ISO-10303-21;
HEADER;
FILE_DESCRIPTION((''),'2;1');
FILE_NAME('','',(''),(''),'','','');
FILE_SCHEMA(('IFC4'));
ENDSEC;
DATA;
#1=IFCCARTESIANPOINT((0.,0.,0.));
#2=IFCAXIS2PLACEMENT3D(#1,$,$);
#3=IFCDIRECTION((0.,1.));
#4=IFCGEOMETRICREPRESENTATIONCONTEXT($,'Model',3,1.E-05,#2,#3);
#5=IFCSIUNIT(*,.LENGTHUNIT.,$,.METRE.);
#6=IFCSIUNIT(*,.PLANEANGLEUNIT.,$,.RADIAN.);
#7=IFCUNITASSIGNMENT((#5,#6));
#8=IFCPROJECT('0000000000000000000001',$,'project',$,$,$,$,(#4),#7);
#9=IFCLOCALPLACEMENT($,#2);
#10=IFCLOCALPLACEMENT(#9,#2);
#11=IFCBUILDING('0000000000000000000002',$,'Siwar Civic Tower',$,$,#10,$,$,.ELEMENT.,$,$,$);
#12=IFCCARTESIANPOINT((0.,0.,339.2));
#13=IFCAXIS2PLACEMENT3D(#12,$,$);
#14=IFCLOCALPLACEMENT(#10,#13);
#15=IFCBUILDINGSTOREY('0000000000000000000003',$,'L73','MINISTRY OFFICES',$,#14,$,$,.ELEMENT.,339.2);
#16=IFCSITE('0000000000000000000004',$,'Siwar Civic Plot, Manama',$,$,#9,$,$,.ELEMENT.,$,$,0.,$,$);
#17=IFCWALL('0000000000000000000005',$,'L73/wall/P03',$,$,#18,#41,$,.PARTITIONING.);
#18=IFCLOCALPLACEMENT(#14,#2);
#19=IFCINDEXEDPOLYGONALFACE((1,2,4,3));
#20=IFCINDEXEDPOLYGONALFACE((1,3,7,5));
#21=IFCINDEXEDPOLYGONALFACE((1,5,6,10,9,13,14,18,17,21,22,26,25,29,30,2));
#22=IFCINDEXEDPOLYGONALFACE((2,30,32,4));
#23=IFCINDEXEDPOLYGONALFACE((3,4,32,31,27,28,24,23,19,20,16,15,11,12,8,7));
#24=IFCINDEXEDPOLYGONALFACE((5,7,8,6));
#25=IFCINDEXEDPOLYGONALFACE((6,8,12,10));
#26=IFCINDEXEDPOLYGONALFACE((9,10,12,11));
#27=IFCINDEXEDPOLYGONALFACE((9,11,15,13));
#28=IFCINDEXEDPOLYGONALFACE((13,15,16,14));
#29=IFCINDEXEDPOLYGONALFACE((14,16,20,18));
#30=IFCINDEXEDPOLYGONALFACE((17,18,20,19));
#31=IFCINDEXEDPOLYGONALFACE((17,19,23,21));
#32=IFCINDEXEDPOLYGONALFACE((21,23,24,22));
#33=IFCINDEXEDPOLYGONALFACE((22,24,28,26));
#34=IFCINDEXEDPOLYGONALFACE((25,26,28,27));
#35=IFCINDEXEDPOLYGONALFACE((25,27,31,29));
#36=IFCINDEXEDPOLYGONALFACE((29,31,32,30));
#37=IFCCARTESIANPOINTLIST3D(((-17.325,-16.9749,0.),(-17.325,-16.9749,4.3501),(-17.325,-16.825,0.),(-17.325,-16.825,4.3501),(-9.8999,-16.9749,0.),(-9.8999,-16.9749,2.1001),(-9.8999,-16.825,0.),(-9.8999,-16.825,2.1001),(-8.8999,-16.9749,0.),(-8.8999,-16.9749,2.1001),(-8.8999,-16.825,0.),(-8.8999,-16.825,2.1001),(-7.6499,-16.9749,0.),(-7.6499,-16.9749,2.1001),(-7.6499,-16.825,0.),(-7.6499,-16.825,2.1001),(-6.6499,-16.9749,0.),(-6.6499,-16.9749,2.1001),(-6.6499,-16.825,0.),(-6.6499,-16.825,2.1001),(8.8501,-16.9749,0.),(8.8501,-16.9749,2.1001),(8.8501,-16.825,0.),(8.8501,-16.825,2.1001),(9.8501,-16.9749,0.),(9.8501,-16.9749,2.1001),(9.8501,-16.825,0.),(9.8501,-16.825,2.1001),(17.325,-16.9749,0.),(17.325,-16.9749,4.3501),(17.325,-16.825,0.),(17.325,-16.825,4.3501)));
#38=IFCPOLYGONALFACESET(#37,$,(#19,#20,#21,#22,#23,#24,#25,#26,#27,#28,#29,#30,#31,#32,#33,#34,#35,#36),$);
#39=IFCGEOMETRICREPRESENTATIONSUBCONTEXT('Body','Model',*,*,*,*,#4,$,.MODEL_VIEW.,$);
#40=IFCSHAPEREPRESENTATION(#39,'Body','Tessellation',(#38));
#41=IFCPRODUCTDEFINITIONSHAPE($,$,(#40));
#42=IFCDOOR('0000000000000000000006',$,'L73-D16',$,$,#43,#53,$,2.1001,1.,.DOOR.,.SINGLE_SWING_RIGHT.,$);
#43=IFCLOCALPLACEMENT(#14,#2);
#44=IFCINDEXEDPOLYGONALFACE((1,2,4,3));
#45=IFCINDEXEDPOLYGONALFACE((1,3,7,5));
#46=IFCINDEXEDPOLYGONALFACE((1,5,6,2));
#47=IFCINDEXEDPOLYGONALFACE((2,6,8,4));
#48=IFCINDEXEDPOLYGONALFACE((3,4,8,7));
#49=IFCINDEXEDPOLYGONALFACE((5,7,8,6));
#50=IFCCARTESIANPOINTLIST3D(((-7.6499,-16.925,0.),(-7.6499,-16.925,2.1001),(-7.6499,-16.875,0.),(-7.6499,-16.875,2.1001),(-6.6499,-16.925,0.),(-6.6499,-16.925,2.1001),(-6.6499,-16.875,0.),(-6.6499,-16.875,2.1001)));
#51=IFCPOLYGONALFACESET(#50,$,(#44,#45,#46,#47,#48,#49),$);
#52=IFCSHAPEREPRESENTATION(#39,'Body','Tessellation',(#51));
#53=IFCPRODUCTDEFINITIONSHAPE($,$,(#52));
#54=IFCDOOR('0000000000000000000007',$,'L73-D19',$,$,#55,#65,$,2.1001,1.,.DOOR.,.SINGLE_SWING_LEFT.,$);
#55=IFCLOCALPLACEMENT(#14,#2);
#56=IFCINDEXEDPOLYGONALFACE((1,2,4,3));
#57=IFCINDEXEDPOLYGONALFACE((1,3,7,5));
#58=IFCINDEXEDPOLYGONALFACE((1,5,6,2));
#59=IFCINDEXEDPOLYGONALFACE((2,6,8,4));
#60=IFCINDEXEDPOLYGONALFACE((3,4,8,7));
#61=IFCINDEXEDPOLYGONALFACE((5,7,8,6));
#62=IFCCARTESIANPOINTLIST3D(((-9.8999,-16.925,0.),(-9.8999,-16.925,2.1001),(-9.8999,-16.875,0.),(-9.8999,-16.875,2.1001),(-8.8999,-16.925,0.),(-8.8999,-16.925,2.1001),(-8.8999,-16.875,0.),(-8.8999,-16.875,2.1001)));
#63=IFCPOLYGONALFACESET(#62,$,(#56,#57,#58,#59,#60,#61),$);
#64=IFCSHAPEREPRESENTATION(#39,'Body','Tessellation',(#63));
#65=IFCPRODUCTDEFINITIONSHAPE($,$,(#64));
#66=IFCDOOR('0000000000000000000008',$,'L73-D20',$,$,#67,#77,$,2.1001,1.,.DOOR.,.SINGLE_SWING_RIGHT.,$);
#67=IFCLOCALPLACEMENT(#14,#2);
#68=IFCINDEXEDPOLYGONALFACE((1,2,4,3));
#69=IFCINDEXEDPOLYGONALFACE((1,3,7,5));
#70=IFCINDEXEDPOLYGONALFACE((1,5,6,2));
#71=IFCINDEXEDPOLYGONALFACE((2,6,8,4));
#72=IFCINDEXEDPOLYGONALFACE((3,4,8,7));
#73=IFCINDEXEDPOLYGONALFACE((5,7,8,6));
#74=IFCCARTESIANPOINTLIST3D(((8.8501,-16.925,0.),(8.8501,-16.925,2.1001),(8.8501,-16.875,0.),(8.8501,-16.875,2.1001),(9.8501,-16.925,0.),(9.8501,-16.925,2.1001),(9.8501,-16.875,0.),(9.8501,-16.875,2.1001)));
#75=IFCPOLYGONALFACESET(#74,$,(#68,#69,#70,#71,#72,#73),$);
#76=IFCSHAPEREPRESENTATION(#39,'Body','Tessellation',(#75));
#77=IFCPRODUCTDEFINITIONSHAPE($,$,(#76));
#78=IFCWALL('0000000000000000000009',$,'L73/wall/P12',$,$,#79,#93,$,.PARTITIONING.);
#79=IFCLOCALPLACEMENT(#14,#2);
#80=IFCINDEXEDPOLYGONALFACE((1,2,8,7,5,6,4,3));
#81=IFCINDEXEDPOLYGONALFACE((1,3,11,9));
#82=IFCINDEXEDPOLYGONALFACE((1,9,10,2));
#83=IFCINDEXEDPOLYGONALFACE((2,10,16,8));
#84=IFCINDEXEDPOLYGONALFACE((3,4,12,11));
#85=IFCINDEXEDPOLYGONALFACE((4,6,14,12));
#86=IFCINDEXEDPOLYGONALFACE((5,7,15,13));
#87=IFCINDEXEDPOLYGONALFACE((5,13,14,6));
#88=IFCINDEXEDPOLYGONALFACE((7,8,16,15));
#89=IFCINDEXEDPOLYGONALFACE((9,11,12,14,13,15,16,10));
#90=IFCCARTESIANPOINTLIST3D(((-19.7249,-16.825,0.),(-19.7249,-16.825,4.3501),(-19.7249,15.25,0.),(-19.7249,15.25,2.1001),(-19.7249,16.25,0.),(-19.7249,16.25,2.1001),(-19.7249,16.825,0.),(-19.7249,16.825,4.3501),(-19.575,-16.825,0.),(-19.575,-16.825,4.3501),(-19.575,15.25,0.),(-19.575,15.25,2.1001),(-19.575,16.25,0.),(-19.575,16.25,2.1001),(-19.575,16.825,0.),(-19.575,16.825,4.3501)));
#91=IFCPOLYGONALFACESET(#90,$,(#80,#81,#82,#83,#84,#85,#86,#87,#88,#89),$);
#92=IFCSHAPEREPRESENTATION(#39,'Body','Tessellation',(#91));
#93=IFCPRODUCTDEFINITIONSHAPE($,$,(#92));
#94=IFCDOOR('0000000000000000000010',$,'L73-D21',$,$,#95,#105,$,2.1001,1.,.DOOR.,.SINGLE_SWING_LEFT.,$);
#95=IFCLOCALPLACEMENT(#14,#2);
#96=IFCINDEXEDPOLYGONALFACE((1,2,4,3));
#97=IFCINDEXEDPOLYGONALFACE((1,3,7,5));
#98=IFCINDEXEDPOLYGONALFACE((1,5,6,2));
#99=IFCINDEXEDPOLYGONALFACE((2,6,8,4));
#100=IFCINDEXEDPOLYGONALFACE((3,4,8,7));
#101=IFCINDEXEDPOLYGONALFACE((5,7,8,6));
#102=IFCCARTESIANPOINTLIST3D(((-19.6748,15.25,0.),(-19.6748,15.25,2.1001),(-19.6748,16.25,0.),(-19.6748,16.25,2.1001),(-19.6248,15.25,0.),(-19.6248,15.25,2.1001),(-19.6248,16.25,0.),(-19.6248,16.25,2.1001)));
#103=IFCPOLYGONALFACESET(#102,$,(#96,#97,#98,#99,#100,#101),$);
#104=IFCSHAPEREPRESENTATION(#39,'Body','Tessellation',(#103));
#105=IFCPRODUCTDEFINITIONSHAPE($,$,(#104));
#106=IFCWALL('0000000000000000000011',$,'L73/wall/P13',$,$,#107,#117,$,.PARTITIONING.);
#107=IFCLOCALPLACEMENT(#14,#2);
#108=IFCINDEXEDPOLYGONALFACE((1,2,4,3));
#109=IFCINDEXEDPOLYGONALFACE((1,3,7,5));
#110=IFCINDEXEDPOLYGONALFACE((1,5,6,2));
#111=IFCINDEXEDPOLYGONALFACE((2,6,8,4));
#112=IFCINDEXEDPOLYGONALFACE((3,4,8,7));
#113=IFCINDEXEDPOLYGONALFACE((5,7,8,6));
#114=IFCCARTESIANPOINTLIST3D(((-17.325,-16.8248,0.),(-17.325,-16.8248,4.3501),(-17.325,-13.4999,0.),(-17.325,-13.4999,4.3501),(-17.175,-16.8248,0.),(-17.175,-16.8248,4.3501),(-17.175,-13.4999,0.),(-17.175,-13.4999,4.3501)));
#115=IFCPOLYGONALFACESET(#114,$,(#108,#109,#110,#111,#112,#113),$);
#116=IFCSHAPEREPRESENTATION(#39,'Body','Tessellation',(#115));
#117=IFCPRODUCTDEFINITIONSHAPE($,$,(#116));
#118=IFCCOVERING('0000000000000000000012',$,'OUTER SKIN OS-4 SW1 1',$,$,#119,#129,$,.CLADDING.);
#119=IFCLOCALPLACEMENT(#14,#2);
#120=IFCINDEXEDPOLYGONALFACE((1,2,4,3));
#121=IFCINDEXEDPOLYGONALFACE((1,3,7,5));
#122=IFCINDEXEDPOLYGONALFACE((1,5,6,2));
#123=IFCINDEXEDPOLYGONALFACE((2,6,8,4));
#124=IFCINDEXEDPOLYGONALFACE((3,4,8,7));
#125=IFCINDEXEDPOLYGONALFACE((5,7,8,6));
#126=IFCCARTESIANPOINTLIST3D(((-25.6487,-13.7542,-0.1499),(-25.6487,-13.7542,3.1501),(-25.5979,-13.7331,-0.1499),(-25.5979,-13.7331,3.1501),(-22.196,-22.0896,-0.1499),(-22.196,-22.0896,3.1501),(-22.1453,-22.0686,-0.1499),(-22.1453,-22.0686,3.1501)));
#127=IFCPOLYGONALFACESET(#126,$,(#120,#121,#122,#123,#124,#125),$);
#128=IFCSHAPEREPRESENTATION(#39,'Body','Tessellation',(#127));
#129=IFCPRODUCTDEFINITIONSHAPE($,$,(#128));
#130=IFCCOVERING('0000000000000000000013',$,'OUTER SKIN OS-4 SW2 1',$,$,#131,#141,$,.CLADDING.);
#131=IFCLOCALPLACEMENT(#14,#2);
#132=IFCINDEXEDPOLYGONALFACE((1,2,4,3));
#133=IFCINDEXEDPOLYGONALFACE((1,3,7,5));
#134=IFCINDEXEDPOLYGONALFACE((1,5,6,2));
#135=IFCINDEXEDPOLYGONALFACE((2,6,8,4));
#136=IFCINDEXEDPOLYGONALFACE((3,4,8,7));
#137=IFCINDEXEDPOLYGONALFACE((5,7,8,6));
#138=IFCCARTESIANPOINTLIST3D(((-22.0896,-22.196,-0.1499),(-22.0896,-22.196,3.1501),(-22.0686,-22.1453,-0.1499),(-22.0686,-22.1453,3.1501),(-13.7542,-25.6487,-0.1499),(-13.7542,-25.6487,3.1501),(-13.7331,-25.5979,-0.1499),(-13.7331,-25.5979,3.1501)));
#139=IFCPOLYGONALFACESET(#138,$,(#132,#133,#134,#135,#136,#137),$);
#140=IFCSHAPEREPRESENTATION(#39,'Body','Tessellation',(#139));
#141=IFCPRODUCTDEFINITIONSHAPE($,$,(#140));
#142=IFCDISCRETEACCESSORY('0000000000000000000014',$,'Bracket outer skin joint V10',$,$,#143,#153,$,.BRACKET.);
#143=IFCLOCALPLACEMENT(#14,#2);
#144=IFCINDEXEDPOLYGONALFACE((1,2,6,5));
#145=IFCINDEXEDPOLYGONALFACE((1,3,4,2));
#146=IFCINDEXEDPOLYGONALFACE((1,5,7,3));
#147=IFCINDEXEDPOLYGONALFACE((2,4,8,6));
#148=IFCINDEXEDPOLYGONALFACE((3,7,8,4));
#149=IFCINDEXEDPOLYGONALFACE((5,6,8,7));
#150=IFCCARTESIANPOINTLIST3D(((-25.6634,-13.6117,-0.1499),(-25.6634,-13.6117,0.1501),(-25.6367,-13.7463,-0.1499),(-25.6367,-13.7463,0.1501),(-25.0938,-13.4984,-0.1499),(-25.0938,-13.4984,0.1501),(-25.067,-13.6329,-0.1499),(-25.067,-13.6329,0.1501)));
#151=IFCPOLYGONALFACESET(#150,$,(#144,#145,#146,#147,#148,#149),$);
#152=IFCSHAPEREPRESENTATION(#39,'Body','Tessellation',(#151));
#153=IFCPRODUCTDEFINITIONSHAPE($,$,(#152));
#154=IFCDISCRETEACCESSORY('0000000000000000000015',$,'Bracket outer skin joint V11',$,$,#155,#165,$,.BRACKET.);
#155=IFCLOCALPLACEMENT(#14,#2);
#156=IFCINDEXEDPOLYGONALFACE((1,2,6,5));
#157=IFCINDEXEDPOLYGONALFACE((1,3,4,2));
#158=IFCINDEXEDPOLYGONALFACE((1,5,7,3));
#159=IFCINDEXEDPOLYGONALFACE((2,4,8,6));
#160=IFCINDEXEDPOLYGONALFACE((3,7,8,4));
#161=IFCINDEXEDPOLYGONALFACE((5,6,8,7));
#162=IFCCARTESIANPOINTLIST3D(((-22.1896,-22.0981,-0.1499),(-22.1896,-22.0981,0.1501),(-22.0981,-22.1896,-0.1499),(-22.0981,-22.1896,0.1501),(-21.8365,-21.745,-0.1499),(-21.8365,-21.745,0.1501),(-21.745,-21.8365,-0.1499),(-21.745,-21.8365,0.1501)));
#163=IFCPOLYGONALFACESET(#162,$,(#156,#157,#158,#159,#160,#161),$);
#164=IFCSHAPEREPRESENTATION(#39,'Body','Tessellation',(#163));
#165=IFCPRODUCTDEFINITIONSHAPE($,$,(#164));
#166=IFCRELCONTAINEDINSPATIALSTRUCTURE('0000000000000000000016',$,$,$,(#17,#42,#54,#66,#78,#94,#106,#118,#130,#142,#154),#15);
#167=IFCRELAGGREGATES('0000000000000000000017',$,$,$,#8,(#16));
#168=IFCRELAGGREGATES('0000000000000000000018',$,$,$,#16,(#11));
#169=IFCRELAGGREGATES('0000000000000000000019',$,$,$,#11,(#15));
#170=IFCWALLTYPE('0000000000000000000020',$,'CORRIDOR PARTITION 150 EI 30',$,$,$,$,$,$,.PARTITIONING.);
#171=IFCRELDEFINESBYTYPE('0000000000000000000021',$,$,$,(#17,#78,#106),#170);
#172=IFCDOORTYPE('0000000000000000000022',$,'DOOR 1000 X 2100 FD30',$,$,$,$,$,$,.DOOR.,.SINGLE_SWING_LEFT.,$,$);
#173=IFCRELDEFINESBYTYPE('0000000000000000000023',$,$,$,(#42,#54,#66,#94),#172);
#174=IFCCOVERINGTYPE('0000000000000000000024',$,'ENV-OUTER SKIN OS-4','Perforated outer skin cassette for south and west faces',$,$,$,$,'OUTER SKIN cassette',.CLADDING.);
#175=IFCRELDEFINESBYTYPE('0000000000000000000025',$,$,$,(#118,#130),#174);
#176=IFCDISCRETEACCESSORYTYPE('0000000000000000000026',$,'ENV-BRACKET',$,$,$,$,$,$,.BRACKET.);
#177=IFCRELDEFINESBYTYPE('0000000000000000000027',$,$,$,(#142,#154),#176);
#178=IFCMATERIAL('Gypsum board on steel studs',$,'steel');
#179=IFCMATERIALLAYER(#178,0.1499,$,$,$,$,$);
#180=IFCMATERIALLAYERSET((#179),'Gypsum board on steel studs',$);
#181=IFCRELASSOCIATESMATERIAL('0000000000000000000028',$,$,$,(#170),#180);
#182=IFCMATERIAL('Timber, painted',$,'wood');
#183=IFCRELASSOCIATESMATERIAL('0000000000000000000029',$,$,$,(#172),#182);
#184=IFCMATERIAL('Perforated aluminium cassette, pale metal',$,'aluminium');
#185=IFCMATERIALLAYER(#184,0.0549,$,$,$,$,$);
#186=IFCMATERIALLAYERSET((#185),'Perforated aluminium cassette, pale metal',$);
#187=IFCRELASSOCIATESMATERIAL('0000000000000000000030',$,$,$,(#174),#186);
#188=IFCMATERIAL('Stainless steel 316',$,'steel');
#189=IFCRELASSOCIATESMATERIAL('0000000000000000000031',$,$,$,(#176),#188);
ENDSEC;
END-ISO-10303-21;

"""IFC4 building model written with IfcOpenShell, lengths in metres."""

from ifc_helpers import new_model, si_unit, direction, frame, frame_2d, origin, origin_2d, place, context, subcontext, project, spatial, rectangle, extrude, material, layer, layer_set, type_object, element, fill, save


model = new_model("IFC4")

# Units and contexts
model_context = context("Model", 3, precision=1e-05, world=origin(), true_north=direction((0.0, 1.0)))
body_context = subcontext(model_context, "Body", "Model", "MODEL_VIEW")
ifc_project = project(units=[si_unit("LENGTHUNIT", "METRE"), si_unit("PLANEANGLEUNIT", "RADIAN")], contexts=[model_context])

# Site, building, storey
site_placement = place(None, origin())
site = spatial("IfcSite", under=ifc_project, at=site_placement, Name="Siwar Civic Plot, Manama", CompositionType="ELEMENT", RefElevation=0.0)
building_placement = place(site_placement, origin())
building = spatial("IfcBuilding", under=site, at=building_placement, Name="Siwar Civic Tower", CompositionType="ELEMENT")
storey_placement = place(building_placement, frame((0.0, 0.0, 339.2)))
storey = spatial("IfcBuildingStorey", under=building, at=storey_placement, Name="L73", Description="MINISTRY OFFICES", CompositionType="ELEMENT", Elevation=339.2)

# Shared definitions
ifc_material_1 = material(Name="Gypsum board on steel studs", Category="steel")
ifc_layer_1 = layer(ifc_material_1, 0.1499)
ifc_layer_set_1 = layer_set([ifc_layer_1], Name="Gypsum board on steel studs")
wall_type = type_object("IfcWallType", Name="CORRIDOR PARTITION 150 EI 30", PredefinedType="PARTITIONING", material=ifc_layer_set_1)
ifc_material_2 = material(Name="Timber, painted", Category="wood")
door_type = type_object("IfcDoorType", Name="DOOR 1000 X 2100 FD30", OperationType="SINGLE_SWING_LEFT", PredefinedType="DOOR", material=ifc_material_2)

# Wall, openings, doors
wall_1_placement = place(storey_placement, frame((-17.325, -16.8999, 0.0), z_axis=(0.0, 0.0, 1.0), x_axis=(1.0, 0.0, 0.0)))
wall_1 = element("IfcWall", 1, at=wall_1_placement, inside=storey, type_object=wall_type, Name="L73/wall/P03", PredefinedType="PARTITIONING", context=body_context, shape_type="SweptSolid", body=[
    extrude(rectangle(XDim=34.6499, YDim=0.1499, at=frame_2d((17.325, 0.0))), origin(), (0.0, 0.0, 1.0), 4.3501),
])
opening_1_placement = place(wall_1_placement, frame((9.675, 0.0, 0.0)))
opening_1 = element("IfcOpeningElement", 2, at=opening_1_placement, cuts=wall_1, PredefinedType="OPENING", context=body_context, shape_type="SweptSolid", body=[
    extrude(rectangle(XDim=1.0, YDim=2.1001, at=frame_2d((0.5, 1.05))), frame((0.0, 0.085, 0.0), z_axis=(0.0, -1.0, 0.0), x_axis=(1.0, 0.0, 0.0)), (0.0, 0.0, 1.0), 0.1699),
])
opening_2_placement = place(wall_1_placement, frame((7.425, 0.0, 0.0)))
opening_2 = element("IfcOpeningElement", 3, at=opening_2_placement, cuts=wall_1, PredefinedType="OPENING", context=body_context, shape_type="SweptSolid", body=[
    extrude(rectangle(XDim=1.0, YDim=2.1001, at=frame_2d((0.5, 1.05))), frame((0.0, 0.085, 0.0), z_axis=(0.0, -1.0, 0.0), x_axis=(1.0, 0.0, 0.0)), (0.0, 0.0, 1.0), 0.1699),
])
opening_3_placement = place(wall_1_placement, frame((26.175, 0.0, 0.0)))
opening_3 = element("IfcOpeningElement", 4, at=opening_3_placement, cuts=wall_1, PredefinedType="OPENING", context=body_context, shape_type="SweptSolid", body=[
    extrude(rectangle(XDim=1.0, YDim=2.1001, at=frame_2d((0.5, 1.05))), frame((0.0, 0.085, 0.0), z_axis=(0.0, -1.0, 0.0), x_axis=(1.0, 0.0, 0.0)), (0.0, 0.0, 1.0), 0.1699),
])
door_1_placement = place(opening_1_placement, origin())
door_1 = element("IfcDoor", 5, at=door_1_placement, inside=storey, type_object=door_type, Name="L73-D16", OperationType="SINGLE_SWING_RIGHT", OverallHeight=2.1001, OverallWidth=1.0, PredefinedType="DOOR", context=body_context, shape_type="SweptSolid", body=[
    extrude(rectangle(XDim=1.0, YDim=2.1001, at=frame_2d((0.5, 1.05))), frame((0.0, 0.0249, 0.0), z_axis=(0.0, -1.0, 0.0), x_axis=(1.0, 0.0, 0.0)), (0.0, 0.0, 1.0), 0.05),
])
fill(opening_1, door_1)
door_2_placement = place(opening_2_placement, origin())
door_2 = element("IfcDoor", 6, at=door_2_placement, inside=storey, type_object=door_type, Name="L73-D19", OperationType="SINGLE_SWING_LEFT", OverallHeight=2.1001, OverallWidth=1.0, PredefinedType="DOOR", context=body_context, shape_type="SweptSolid", body=[
    extrude(rectangle(XDim=1.0, YDim=2.1001, at=frame_2d((0.5, 1.05))), frame((0.0, 0.0249, 0.0), z_axis=(0.0, -1.0, 0.0), x_axis=(1.0, 0.0, 0.0)), (0.0, 0.0, 1.0), 0.05),
])
fill(opening_2, door_2)
door_3_placement = place(opening_3_placement, origin())
door_3 = element("IfcDoor", 7, at=door_3_placement, inside=storey, type_object=door_type, Name="L73-D20", OperationType="SINGLE_SWING_RIGHT", OverallHeight=2.1001, OverallWidth=1.0, PredefinedType="DOOR", context=body_context, shape_type="SweptSolid", body=[
    extrude(rectangle(XDim=1.0, YDim=2.1001, at=frame_2d((0.5, 1.05))), frame((0.0, 0.0249, 0.0), z_axis=(0.0, -1.0, 0.0), x_axis=(1.0, 0.0, 0.0)), (0.0, 0.0, 1.0), 0.05),
])
fill(opening_3, door_3)

# Wall, opening, door
wall_2_placement = place(storey_placement, frame((-19.6499, -16.825, 0.0), z_axis=(0.0, 0.0, 1.0), x_axis=(0.0, 1.0, 0.0)))
wall_2 = element("IfcWall", 8, at=wall_2_placement, inside=storey, type_object=wall_type, Name="L73/wall/P12", PredefinedType="PARTITIONING", context=body_context, shape_type="SweptSolid", body=[
    extrude(rectangle(XDim=33.6499, YDim=0.1499, at=frame_2d((16.825, 0.0))), origin(), (0.0, 0.0, 1.0), 4.3501),
])
opening_4_placement = place(wall_2_placement, frame((32.075, 0.0, 0.0)))
opening_4 = element("IfcOpeningElement", 9, at=opening_4_placement, cuts=wall_2, PredefinedType="OPENING", context=body_context, shape_type="SweptSolid", body=[
    extrude(rectangle(XDim=1.0, YDim=2.1001, at=frame_2d((0.5, 1.05))), frame((0.0, 0.085, 0.0), z_axis=(0.0, -1.0, 0.0), x_axis=(1.0, 0.0, 0.0)), (0.0, 0.0, 1.0), 0.1699),
])
door_4_placement = place(opening_4_placement, origin())
door_4 = element("IfcDoor", 10, at=door_4_placement, inside=storey, type_object=door_type, Name="L73-D21", OperationType="SINGLE_SWING_LEFT", OverallHeight=2.1001, OverallWidth=1.0, PredefinedType="DOOR", context=body_context, shape_type="SweptSolid", body=[
    extrude(rectangle(XDim=1.0, YDim=2.1001, at=frame_2d((0.5, 1.05))), frame((0.0, 0.0249, 0.0), z_axis=(0.0, -1.0, 0.0), x_axis=(1.0, 0.0, 0.0)), (0.0, 0.0, 1.0), 0.05),
])
fill(opening_4, door_4)

# Wall
wall_3_placement = place(storey_placement, frame((-17.25, -16.825, 0.0), z_axis=(0.0, 0.0, 1.0), x_axis=(0.0, 1.0, 0.0)))
element("IfcWall", 11, at=wall_3_placement, inside=storey, type_object=wall_type, Name="L73/wall/P13", PredefinedType="PARTITIONING", context=body_context, shape_type="SweptSolid", body=[
    extrude(rectangle(XDim=3.325, YDim=0.1499, at=frame_2d((1.6626, 0.0))), origin(), (0.0, 0.0, 1.0), 4.3501),
])

# Coverings
ifc_material_3 = material(Name="Perforated aluminium cassette, pale metal", Category="aluminium")
ifc_layer_2 = layer(ifc_material_3, 0.0549)
ifc_layer_set_2 = layer_set([ifc_layer_2], Name="Perforated aluminium cassette, pale metal")
covering_type = type_object("IfcCoveringType", Name="ENV-OUTER SKIN OS-4", Description="Perforated outer skin cassette for south and west faces", ElementType="OUTER SKIN cassette", PredefinedType="CLADDING", material=ifc_layer_set_2)
for number, where, z_axis, x_axis, name in (
    (12, (-23.897, -17.9114, -0.1499), (0.0, 0.0, 1.0), (0.382683, -0.92388, 0.0), "OUTER SKIN OS-4 SW1 1"),
    (13, (-17.9114, -23.897, -0.1499), (0.0, 0.0, 1.0), (0.92388, -0.382683, 0.0), "OUTER SKIN OS-4 SW2 1"),
):
    element("IfcCovering", number, at=place(storey_placement, frame(where, z_axis=z_axis, x_axis=x_axis)), inside=storey, type_object=covering_type, Name=name, PredefinedType="CLADDING", context=body_context, shape_type="SweptSolid", body=[
        extrude(rectangle(XDim=9.0222, YDim=0.0549, at=origin_2d()), origin(), (0.0, 0.0, 1.0), 3.3),
    ])

# Discrete accessories
ifc_material_4 = material(Name="Stainless steel 316", Category="steel")
discrete_accessory_type = type_object("IfcDiscreteAccessoryType", Name="ENV-BRACKET", PredefinedType="BRACKET", material=ifc_material_4)
discrete_accessory_1_placement = place(storey_placement, frame((-25.3652, -13.6223, -0.1499), z_axis=(0.0, 0.0, 1.0), x_axis=(-0.980785, -0.19509, 0.0)))
element("IfcDiscreteAccessory", 14, at=discrete_accessory_1_placement, inside=storey, type_object=discrete_accessory_type, Name="Bracket outer skin joint V10", PredefinedType="BRACKET", context=body_context, shape_type="SweptSolid", body=[
    extrude(rectangle(XDim=0.5808, YDim=0.1372, at=origin_2d()), origin(), (0.0, 0.0, 1.0), 0.3),
])
discrete_accessory_2_placement = place(storey_placement, frame((-21.9673, -21.9673, -0.1499), z_axis=(0.0, 0.0, 1.0), x_axis=(-0.707107, -0.707107, 0.0)))
element("IfcDiscreteAccessory", 15, at=discrete_accessory_2_placement, inside=storey, type_object=discrete_accessory_type, Name="Bracket outer skin joint V11", PredefinedType="BRACKET", context=body_context, shape_type="SweptSolid", body=[
    extrude(rectangle(XDim=0.4993, YDim=0.1294, at=origin_2d()), origin(), (0.0, 0.0, 1.0), 0.3),
])

save(model, "model.ifc")
